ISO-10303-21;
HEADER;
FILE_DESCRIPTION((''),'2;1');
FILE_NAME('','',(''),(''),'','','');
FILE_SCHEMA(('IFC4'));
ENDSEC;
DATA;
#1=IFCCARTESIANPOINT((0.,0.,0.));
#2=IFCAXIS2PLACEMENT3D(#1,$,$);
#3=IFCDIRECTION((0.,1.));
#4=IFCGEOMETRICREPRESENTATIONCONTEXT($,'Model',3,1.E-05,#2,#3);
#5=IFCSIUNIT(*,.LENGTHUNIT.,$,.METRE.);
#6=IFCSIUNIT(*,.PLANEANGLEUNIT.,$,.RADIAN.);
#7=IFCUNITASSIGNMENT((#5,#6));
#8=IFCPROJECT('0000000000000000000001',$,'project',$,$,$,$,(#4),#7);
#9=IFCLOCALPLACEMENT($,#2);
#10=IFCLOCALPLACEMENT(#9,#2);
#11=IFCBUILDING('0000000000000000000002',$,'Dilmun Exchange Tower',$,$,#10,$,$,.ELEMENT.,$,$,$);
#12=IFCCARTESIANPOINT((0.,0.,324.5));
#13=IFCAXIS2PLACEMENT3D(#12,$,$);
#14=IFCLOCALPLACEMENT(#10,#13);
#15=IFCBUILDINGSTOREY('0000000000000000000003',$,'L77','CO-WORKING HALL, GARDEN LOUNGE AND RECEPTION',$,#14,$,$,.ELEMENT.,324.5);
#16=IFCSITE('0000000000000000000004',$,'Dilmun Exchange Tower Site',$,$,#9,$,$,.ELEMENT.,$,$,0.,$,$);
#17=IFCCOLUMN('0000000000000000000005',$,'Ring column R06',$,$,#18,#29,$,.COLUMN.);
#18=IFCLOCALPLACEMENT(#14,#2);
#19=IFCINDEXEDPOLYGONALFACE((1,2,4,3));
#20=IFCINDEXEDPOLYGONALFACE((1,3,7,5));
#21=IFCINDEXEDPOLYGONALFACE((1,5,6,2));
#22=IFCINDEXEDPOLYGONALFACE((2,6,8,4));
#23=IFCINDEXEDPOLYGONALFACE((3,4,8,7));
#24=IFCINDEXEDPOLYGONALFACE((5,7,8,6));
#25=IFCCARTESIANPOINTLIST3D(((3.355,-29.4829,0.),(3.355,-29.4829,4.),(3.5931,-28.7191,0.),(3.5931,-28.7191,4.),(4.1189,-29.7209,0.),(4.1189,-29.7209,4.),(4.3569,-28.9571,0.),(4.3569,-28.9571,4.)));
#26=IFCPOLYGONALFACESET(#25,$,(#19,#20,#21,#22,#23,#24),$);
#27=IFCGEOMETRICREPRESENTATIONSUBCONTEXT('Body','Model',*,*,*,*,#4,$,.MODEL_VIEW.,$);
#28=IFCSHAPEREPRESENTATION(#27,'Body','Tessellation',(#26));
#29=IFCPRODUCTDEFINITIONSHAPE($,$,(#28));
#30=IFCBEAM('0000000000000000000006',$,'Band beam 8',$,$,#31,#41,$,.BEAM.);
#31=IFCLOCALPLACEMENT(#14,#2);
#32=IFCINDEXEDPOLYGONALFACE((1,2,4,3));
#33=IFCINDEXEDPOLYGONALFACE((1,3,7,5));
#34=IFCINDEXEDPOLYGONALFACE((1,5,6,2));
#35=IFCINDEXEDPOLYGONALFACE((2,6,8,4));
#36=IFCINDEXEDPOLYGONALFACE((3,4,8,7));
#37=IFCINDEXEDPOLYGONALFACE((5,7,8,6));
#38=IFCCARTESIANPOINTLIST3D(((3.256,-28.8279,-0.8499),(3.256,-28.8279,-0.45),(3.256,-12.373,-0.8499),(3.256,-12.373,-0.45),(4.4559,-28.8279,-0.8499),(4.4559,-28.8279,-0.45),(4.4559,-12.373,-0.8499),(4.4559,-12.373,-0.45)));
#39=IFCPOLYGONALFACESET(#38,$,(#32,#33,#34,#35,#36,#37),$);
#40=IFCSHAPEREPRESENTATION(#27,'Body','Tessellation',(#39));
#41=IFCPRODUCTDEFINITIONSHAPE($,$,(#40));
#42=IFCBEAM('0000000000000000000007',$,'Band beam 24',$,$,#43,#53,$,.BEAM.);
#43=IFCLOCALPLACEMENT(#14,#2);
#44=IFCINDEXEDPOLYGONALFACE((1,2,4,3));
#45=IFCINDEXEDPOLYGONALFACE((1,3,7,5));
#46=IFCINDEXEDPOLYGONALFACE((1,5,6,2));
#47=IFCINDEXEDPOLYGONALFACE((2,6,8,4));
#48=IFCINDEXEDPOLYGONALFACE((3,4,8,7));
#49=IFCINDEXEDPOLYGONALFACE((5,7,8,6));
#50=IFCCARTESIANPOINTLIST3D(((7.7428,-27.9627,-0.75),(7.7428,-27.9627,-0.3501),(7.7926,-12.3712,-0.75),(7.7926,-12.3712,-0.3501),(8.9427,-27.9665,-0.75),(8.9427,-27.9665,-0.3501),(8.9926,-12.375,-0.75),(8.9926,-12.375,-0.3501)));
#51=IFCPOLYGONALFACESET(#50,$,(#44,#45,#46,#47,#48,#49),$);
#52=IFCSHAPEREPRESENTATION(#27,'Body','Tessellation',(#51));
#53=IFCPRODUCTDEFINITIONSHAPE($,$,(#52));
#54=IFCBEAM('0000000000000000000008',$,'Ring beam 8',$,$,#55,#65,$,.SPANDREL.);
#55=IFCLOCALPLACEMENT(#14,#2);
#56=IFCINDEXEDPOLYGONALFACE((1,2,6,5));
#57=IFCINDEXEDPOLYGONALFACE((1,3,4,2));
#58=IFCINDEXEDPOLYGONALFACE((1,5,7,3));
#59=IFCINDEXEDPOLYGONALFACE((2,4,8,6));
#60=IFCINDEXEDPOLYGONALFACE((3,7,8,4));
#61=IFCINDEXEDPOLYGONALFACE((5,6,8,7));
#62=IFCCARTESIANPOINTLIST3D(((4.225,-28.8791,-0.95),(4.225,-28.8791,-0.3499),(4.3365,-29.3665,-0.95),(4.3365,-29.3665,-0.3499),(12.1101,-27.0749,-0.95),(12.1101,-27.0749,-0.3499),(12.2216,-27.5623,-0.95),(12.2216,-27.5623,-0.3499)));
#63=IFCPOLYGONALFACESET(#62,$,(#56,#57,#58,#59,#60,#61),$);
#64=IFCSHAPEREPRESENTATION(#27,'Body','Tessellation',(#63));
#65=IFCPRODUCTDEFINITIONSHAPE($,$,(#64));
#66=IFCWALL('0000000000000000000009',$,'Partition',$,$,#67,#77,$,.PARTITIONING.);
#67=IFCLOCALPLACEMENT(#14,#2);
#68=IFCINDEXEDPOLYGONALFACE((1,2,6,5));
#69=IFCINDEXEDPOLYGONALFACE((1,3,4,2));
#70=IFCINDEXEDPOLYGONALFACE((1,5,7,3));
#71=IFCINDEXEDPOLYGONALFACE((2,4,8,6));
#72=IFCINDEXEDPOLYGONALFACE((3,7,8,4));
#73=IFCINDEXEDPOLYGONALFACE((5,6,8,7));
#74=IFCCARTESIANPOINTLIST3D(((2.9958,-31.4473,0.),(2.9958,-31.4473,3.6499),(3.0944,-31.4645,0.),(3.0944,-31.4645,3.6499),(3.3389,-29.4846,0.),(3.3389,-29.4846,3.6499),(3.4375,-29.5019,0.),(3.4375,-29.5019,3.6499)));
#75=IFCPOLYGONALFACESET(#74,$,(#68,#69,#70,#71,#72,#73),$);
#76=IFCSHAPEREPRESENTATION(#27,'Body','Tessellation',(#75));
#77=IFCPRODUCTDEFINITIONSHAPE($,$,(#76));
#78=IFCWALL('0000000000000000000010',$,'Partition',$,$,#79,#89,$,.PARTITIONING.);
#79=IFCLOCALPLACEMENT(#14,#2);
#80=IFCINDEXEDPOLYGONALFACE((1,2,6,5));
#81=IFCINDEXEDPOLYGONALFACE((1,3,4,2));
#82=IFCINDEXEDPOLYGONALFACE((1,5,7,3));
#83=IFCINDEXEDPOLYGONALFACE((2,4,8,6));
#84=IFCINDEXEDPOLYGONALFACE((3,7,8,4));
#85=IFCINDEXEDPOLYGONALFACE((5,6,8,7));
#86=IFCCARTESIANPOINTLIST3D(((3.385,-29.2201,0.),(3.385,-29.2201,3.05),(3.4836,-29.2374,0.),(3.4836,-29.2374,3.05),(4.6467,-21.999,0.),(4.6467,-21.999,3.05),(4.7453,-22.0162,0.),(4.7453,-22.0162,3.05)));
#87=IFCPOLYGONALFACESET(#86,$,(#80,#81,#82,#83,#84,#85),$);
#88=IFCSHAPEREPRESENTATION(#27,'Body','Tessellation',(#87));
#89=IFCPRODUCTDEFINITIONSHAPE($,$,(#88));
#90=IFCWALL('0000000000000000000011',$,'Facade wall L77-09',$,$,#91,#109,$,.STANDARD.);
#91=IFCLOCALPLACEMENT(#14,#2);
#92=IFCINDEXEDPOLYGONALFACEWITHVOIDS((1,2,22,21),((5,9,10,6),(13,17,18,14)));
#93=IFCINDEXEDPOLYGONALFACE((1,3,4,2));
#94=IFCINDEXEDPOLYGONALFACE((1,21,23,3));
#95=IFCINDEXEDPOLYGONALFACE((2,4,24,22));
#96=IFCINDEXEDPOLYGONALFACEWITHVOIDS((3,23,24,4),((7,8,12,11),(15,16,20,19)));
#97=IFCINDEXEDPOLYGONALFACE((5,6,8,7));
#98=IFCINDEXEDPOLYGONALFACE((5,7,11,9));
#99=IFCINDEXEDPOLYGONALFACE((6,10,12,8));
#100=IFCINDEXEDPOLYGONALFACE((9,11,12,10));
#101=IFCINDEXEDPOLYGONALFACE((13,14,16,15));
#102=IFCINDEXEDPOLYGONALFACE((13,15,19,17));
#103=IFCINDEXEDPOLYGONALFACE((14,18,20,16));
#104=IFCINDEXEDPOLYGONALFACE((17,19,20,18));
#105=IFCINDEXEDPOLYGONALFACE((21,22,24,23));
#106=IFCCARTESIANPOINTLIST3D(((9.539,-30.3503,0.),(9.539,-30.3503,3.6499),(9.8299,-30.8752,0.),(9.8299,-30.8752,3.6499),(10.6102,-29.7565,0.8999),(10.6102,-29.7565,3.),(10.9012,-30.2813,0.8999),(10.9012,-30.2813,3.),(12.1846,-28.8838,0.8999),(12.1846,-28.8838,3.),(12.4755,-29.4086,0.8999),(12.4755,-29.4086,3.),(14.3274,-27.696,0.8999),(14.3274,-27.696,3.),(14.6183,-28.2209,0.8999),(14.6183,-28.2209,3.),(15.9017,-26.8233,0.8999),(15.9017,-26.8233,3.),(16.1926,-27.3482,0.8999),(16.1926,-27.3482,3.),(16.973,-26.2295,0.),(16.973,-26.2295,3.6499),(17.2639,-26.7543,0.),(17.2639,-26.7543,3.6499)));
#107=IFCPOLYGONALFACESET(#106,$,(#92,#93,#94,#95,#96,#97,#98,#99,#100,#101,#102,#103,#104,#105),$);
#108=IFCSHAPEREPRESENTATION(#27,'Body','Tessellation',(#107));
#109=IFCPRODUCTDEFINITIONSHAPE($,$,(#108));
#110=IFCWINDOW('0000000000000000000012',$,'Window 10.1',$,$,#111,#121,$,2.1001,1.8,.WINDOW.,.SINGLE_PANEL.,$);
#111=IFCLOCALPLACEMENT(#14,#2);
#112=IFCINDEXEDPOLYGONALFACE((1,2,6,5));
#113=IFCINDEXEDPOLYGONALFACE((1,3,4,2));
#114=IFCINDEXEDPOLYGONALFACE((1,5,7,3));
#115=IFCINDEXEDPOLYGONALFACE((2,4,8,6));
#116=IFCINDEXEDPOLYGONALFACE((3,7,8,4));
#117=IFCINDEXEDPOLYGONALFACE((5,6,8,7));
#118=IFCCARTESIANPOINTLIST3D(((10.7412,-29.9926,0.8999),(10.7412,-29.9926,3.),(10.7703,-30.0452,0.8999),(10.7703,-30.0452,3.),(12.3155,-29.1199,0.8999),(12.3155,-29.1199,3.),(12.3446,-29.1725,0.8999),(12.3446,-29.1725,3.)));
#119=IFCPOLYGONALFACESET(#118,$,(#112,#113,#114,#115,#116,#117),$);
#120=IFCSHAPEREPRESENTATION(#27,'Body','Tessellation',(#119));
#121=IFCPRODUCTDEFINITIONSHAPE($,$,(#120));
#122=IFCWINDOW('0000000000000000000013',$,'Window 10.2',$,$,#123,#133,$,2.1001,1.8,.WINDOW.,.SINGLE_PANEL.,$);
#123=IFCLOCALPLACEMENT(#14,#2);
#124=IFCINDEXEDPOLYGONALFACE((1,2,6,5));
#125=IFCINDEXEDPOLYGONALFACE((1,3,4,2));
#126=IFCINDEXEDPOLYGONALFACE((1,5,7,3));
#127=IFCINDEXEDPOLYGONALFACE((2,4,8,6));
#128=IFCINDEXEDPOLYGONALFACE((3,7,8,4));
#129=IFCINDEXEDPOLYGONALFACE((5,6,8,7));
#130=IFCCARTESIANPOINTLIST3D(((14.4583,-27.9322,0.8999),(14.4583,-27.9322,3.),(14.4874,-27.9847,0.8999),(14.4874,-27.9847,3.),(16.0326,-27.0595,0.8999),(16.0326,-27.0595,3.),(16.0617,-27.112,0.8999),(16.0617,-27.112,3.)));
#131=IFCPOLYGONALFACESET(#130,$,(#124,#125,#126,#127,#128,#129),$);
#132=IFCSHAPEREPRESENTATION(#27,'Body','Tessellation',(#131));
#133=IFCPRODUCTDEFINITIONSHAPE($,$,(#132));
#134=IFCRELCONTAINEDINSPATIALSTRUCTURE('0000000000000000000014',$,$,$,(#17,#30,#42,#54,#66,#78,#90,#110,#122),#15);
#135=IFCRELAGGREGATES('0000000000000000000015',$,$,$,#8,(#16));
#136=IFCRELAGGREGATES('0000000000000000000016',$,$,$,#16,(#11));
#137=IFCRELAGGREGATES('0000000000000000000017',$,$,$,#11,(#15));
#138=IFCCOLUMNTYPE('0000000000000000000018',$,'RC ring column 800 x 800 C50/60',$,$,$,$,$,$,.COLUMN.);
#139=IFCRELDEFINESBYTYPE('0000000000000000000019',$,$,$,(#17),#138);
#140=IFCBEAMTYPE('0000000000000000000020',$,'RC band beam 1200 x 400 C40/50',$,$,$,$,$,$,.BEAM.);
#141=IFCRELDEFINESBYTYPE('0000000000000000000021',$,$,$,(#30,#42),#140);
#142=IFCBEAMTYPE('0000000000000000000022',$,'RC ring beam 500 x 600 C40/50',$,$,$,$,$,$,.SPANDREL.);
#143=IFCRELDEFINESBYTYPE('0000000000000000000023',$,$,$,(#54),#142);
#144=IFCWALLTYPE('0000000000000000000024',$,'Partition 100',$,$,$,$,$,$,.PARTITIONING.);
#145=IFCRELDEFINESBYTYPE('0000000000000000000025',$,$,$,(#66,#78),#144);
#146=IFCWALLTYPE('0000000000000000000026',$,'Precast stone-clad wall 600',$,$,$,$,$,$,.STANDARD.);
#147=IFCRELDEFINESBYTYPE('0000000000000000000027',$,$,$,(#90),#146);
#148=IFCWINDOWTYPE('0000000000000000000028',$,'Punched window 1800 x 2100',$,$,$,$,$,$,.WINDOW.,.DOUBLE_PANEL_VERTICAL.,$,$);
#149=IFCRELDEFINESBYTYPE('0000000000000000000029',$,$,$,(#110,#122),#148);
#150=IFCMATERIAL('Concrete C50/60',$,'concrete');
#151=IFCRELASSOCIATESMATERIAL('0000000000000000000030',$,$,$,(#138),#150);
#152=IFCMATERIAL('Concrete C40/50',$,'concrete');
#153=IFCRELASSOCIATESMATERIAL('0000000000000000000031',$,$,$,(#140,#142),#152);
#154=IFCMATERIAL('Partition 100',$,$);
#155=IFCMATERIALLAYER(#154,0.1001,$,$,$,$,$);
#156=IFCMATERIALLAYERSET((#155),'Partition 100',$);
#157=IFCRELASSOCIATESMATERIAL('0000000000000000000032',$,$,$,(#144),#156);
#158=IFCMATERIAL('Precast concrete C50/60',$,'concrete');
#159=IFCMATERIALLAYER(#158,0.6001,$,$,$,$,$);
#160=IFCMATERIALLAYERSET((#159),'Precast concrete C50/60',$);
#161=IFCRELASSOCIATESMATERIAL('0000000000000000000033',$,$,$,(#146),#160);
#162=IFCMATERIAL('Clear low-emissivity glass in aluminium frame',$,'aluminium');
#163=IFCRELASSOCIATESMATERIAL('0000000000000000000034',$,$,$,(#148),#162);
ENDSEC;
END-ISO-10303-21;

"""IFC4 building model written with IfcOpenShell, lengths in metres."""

from ifc_helpers import new_model, si_unit, direction, frame, frame_2d, origin, origin_2d, place, context, subcontext, project, spatial, rectangle, extrude, material, layer, layer_set, material_profile, profile_set, type_object, element, fill, save


model = new_model("IFC4")

# Units and contexts
model_context = context("Model", 3, precision=1e-05, world=origin(), true_north=direction((0.0, 1.0)))
body_context = subcontext(model_context, "Body", "Model", "MODEL_VIEW")
ifc_project = project(units=[si_unit("LENGTHUNIT", "METRE"), si_unit("PLANEANGLEUNIT", "RADIAN")], contexts=[model_context])

# Site, building, storey
site_placement = place(None, origin())
site = spatial("IfcSite", under=ifc_project, at=site_placement, Name="Dilmun Exchange Tower Site", CompositionType="ELEMENT", RefElevation=0.0)
building_placement = place(site_placement, origin())
building = spatial("IfcBuilding", under=site, at=building_placement, Name="Dilmun Exchange Tower", CompositionType="ELEMENT")
storey_placement = place(building_placement, frame((0.0, 0.0, 324.5)))
storey = spatial("IfcBuildingStorey", under=building, at=storey_placement, Name="L77", Description="CO-WORKING HALL, GARDEN LOUNGE AND RECEPTION", CompositionType="ELEMENT", Elevation=324.5)

# Column
ifc_material_1 = material(Name="Concrete C50/60", Category="concrete")
ifc_material_profile_1 = material_profile(ifc_material_1, rectangle(XDim=0.8, YDim=0.8, at=origin_2d()), Name="800 x 800")
ifc_profile_set_1 = profile_set([ifc_material_profile_1], Name="Concrete C50/60")
column_type = type_object("IfcColumnType", Name="RC ring column 800 x 800 C50/60", PredefinedType="COLUMN", material=ifc_profile_set_1)
column_placement = place(storey_placement, frame((3.856, -29.22, 0.0), z_axis=(0.0, 0.0, 1.0), x_axis=(0.297503, 0.954721, 0.0)))
element("IfcColumn", 1, at=column_placement, inside=storey, type_object=column_type, Name="Ring column R06", PredefinedType="COLUMN", context=body_context, shape_type="SweptSolid", body=[
    extrude(rectangle(XDim=0.8, YDim=0.8, at=origin_2d()), origin(), (0.0, 0.0, 1.0), 4.0),
])

# Beams
ifc_material_2 = material(Name="Concrete C40/50", Category="concrete")
ifc_material_profile_2 = material_profile(ifc_material_2, rectangle(XDim=1.2, YDim=0.3999, at=origin_2d()), Name="1200 x 400")
ifc_profile_set_2 = profile_set([ifc_material_profile_2], Name="Concrete C40/50")
beam_type_1 = type_object("IfcBeamType", Name="RC band beam 1200 x 400 C40/50", PredefinedType="BEAM", material=ifc_profile_set_2)
beam_1_placement = place(storey_placement, frame((3.856, -28.8279, -0.6499), z_axis=(0.0, 1.0, 0.0), x_axis=(-1.0, 0.0, 0.0)))
element("IfcBeam", 2, at=beam_1_placement, inside=storey, type_object=beam_type_1, Name="Band beam 8", PredefinedType="BEAM", context=body_context, shape_type="SweptSolid", body=[
    extrude(rectangle(XDim=1.2, YDim=0.3999, at=origin_2d()), origin(), (0.0, 0.0, 1.0), 16.4548),
])
beam_2_placement = place(storey_placement, frame((8.3428, -27.9646, -0.55), z_axis=(0.003194, 0.999995, 0.0), x_axis=(-0.999995, 0.003194, 0.0)))
element("IfcBeam", 3, at=beam_2_placement, inside=storey, type_object=beam_type_1, Name="Band beam 24", PredefinedType="BEAM", context=body_context, shape_type="SweptSolid", body=[
    extrude(rectangle(XDim=1.2, YDim=0.3999, at=origin_2d()), origin(), (0.0, 0.0, 1.0), 15.5916),
])
ifc_material_profile_3 = material_profile(ifc_material_2, rectangle(XDim=0.5, YDim=0.6001, at=origin_2d()), Name="500 x 600")
ifc_profile_set_3 = profile_set([ifc_material_profile_3], Name="Concrete C40/50")
beam_type_2 = type_object("IfcBeamType", Name="RC ring beam 500 x 600 C40/50", PredefinedType="SPANDREL", material=ifc_profile_set_3)
beam_3_placement = place(storey_placement, frame((4.2808, -29.1228, -0.6499), z_axis=(0.974807, 0.223049, 0.0), x_axis=(-0.223049, 0.974807, 0.0)))
element("IfcBeam", 4, at=beam_3_placement, inside=storey, type_object=beam_type_2, Name="Ring beam 8", PredefinedType="SPANDREL", context=body_context, shape_type="SweptSolid", body=[
    extrude(rectangle(XDim=0.5, YDim=0.6001, at=origin_2d()), origin(), (0.0, 0.0, 1.0), 8.0889),
])

# Walls
ifc_material_3 = material(Name="Partition 100")
ifc_layer_1 = layer(ifc_material_3, 0.1001)
ifc_layer_set_1 = layer_set([ifc_layer_1], Name="Partition 100")
wall_type_1 = type_object("IfcWallType", Name="Partition 100", PredefinedType="PARTITIONING", material=ifc_layer_set_1)
wall_1_placement = place(storey_placement, frame((3.0452, -31.4558, 0.0), z_axis=(0.0, 0.0, 1.0), x_axis=(0.172163, 0.985068, 0.0)))
element("IfcWall", 5, at=wall_1_placement, inside=storey, type_object=wall_type_1, Name="Partition", PredefinedType="PARTITIONING", context=body_context, shape_type="SweptSolid", body=[
    extrude(rectangle(XDim=1.9924, YDim=0.1001, at=frame_2d((0.9961, 0.0))), origin(), (0.0, 0.0, 1.0), 3.6499),
])
wall_2_placement = place(storey_placement, frame((3.4343, -29.2288, 0.0), z_axis=(0.0, 0.0, 1.0), x_axis=(0.172117, 0.985077, 0.0)))
element("IfcWall", 6, at=wall_2_placement, inside=storey, type_object=wall_type_1, Name="Partition", PredefinedType="PARTITIONING", context=body_context, shape_type="SweptSolid", body=[
    extrude(rectangle(XDim=7.3306, YDim=0.1001, at=frame_2d((3.6653, 0.0))), origin(), (0.0, 0.0, 1.0), 3.05),
])

# Wall, openings, windows
ifc_material_4 = material(Name="Precast concrete C50/60", Category="concrete")
ifc_layer_2 = layer(ifc_material_4, 0.6001)
ifc_layer_set_2 = layer_set([ifc_layer_2], Name="Precast concrete C50/60")
wall_type_2 = type_object("IfcWallType", Name="Precast stone-clad wall 600", PredefinedType="STANDARD", material=ifc_layer_set_2)
wall_3_placement = place(storey_placement, frame((9.6843, -30.6128, 0.0), z_axis=(0.0, 0.0, 1.0), x_axis=(0.874616, 0.484816, 0.0)))
wall_3 = element("IfcWall", 7, at=wall_3_placement, inside=storey, type_object=wall_type_2, Name="Facade wall L77-09", PredefinedType="STANDARD", context=body_context, shape_type="SweptSolid", body=[
    extrude(rectangle(XDim=8.4998, YDim=0.6001, at=frame_2d((4.25, 0.0))), origin(), (0.0, 0.0, 1.0), 3.6499),
])
opening_1_placement = place(wall_3_placement, frame((1.2251, 0.0, 0.8999)))
opening_1 = element("IfcOpeningElement", 8, at=opening_1_placement, cuts=wall_3, PredefinedType="OPENING", context=body_context, shape_type="SweptSolid", body=[
    extrude(rectangle(XDim=1.8, YDim=2.1001, at=frame_2d((0.8999, 1.05))), frame((0.0, 0.3101, 0.0), z_axis=(0.0, -1.0, 0.0), x_axis=(1.0, 0.0, 0.0)), (0.0, 0.0, 1.0), 0.6201),
])
opening_2_placement = place(wall_3_placement, frame((5.4751, 0.0, 0.8999)))
opening_2 = element("IfcOpeningElement", 9, at=opening_2_placement, cuts=wall_3, PredefinedType="OPENING", context=body_context, shape_type="SweptSolid", body=[
    extrude(rectangle(XDim=1.8, YDim=2.1001, at=frame_2d((0.8999, 1.05))), frame((0.0, 0.3101, 0.0), z_axis=(0.0, -1.0, 0.0), x_axis=(1.0, 0.0, 0.0)), (0.0, 0.0, 1.0), 0.6201),
])
ifc_material_5 = material(Name="Clear low-emissivity glass in aluminium frame", Category="aluminium")
window_type = type_object("IfcWindowType", Name="Punched window 1800 x 2100", PartitioningType="DOUBLE_PANEL_VERTICAL", PredefinedType="WINDOW", material=ifc_material_5)
window_1_placement = place(opening_1_placement, origin())
window_1 = element("IfcWindow", 10, at=window_1_placement, inside=storey, type_object=window_type, Name="Window 10.1", OverallHeight=2.1001, OverallWidth=1.8, PartitioningType="SINGLE_PANEL", PredefinedType="WINDOW", context=body_context, shape_type="SweptSolid", body=[
    extrude(rectangle(XDim=1.8, YDim=2.1001, at=frame_2d((0.8999, 1.05))), frame((0.0, 0.03, 0.0), z_axis=(0.0, -1.0, 0.0), x_axis=(1.0, 0.0, 0.0)), (0.0, 0.0, 1.0), 0.0601),
])
fill(opening_1, window_1)
window_2_placement = place(opening_2_placement, origin())
window_2 = element("IfcWindow", 11, at=window_2_placement, inside=storey, type_object=window_type, Name="Window 10.2", OverallHeight=2.1001, OverallWidth=1.8, PartitioningType="SINGLE_PANEL", PredefinedType="WINDOW", context=body_context, shape_type="SweptSolid", body=[
    extrude(rectangle(XDim=1.8, YDim=2.1001, at=frame_2d((0.8999, 1.05))), frame((0.0, 0.03, 0.0), z_axis=(0.0, -1.0, 0.0), x_axis=(1.0, 0.0, 0.0)), (0.0, 0.0, 1.0), 0.0601),
])
fill(opening_2, window_2)

save(model, "model.ifc")
